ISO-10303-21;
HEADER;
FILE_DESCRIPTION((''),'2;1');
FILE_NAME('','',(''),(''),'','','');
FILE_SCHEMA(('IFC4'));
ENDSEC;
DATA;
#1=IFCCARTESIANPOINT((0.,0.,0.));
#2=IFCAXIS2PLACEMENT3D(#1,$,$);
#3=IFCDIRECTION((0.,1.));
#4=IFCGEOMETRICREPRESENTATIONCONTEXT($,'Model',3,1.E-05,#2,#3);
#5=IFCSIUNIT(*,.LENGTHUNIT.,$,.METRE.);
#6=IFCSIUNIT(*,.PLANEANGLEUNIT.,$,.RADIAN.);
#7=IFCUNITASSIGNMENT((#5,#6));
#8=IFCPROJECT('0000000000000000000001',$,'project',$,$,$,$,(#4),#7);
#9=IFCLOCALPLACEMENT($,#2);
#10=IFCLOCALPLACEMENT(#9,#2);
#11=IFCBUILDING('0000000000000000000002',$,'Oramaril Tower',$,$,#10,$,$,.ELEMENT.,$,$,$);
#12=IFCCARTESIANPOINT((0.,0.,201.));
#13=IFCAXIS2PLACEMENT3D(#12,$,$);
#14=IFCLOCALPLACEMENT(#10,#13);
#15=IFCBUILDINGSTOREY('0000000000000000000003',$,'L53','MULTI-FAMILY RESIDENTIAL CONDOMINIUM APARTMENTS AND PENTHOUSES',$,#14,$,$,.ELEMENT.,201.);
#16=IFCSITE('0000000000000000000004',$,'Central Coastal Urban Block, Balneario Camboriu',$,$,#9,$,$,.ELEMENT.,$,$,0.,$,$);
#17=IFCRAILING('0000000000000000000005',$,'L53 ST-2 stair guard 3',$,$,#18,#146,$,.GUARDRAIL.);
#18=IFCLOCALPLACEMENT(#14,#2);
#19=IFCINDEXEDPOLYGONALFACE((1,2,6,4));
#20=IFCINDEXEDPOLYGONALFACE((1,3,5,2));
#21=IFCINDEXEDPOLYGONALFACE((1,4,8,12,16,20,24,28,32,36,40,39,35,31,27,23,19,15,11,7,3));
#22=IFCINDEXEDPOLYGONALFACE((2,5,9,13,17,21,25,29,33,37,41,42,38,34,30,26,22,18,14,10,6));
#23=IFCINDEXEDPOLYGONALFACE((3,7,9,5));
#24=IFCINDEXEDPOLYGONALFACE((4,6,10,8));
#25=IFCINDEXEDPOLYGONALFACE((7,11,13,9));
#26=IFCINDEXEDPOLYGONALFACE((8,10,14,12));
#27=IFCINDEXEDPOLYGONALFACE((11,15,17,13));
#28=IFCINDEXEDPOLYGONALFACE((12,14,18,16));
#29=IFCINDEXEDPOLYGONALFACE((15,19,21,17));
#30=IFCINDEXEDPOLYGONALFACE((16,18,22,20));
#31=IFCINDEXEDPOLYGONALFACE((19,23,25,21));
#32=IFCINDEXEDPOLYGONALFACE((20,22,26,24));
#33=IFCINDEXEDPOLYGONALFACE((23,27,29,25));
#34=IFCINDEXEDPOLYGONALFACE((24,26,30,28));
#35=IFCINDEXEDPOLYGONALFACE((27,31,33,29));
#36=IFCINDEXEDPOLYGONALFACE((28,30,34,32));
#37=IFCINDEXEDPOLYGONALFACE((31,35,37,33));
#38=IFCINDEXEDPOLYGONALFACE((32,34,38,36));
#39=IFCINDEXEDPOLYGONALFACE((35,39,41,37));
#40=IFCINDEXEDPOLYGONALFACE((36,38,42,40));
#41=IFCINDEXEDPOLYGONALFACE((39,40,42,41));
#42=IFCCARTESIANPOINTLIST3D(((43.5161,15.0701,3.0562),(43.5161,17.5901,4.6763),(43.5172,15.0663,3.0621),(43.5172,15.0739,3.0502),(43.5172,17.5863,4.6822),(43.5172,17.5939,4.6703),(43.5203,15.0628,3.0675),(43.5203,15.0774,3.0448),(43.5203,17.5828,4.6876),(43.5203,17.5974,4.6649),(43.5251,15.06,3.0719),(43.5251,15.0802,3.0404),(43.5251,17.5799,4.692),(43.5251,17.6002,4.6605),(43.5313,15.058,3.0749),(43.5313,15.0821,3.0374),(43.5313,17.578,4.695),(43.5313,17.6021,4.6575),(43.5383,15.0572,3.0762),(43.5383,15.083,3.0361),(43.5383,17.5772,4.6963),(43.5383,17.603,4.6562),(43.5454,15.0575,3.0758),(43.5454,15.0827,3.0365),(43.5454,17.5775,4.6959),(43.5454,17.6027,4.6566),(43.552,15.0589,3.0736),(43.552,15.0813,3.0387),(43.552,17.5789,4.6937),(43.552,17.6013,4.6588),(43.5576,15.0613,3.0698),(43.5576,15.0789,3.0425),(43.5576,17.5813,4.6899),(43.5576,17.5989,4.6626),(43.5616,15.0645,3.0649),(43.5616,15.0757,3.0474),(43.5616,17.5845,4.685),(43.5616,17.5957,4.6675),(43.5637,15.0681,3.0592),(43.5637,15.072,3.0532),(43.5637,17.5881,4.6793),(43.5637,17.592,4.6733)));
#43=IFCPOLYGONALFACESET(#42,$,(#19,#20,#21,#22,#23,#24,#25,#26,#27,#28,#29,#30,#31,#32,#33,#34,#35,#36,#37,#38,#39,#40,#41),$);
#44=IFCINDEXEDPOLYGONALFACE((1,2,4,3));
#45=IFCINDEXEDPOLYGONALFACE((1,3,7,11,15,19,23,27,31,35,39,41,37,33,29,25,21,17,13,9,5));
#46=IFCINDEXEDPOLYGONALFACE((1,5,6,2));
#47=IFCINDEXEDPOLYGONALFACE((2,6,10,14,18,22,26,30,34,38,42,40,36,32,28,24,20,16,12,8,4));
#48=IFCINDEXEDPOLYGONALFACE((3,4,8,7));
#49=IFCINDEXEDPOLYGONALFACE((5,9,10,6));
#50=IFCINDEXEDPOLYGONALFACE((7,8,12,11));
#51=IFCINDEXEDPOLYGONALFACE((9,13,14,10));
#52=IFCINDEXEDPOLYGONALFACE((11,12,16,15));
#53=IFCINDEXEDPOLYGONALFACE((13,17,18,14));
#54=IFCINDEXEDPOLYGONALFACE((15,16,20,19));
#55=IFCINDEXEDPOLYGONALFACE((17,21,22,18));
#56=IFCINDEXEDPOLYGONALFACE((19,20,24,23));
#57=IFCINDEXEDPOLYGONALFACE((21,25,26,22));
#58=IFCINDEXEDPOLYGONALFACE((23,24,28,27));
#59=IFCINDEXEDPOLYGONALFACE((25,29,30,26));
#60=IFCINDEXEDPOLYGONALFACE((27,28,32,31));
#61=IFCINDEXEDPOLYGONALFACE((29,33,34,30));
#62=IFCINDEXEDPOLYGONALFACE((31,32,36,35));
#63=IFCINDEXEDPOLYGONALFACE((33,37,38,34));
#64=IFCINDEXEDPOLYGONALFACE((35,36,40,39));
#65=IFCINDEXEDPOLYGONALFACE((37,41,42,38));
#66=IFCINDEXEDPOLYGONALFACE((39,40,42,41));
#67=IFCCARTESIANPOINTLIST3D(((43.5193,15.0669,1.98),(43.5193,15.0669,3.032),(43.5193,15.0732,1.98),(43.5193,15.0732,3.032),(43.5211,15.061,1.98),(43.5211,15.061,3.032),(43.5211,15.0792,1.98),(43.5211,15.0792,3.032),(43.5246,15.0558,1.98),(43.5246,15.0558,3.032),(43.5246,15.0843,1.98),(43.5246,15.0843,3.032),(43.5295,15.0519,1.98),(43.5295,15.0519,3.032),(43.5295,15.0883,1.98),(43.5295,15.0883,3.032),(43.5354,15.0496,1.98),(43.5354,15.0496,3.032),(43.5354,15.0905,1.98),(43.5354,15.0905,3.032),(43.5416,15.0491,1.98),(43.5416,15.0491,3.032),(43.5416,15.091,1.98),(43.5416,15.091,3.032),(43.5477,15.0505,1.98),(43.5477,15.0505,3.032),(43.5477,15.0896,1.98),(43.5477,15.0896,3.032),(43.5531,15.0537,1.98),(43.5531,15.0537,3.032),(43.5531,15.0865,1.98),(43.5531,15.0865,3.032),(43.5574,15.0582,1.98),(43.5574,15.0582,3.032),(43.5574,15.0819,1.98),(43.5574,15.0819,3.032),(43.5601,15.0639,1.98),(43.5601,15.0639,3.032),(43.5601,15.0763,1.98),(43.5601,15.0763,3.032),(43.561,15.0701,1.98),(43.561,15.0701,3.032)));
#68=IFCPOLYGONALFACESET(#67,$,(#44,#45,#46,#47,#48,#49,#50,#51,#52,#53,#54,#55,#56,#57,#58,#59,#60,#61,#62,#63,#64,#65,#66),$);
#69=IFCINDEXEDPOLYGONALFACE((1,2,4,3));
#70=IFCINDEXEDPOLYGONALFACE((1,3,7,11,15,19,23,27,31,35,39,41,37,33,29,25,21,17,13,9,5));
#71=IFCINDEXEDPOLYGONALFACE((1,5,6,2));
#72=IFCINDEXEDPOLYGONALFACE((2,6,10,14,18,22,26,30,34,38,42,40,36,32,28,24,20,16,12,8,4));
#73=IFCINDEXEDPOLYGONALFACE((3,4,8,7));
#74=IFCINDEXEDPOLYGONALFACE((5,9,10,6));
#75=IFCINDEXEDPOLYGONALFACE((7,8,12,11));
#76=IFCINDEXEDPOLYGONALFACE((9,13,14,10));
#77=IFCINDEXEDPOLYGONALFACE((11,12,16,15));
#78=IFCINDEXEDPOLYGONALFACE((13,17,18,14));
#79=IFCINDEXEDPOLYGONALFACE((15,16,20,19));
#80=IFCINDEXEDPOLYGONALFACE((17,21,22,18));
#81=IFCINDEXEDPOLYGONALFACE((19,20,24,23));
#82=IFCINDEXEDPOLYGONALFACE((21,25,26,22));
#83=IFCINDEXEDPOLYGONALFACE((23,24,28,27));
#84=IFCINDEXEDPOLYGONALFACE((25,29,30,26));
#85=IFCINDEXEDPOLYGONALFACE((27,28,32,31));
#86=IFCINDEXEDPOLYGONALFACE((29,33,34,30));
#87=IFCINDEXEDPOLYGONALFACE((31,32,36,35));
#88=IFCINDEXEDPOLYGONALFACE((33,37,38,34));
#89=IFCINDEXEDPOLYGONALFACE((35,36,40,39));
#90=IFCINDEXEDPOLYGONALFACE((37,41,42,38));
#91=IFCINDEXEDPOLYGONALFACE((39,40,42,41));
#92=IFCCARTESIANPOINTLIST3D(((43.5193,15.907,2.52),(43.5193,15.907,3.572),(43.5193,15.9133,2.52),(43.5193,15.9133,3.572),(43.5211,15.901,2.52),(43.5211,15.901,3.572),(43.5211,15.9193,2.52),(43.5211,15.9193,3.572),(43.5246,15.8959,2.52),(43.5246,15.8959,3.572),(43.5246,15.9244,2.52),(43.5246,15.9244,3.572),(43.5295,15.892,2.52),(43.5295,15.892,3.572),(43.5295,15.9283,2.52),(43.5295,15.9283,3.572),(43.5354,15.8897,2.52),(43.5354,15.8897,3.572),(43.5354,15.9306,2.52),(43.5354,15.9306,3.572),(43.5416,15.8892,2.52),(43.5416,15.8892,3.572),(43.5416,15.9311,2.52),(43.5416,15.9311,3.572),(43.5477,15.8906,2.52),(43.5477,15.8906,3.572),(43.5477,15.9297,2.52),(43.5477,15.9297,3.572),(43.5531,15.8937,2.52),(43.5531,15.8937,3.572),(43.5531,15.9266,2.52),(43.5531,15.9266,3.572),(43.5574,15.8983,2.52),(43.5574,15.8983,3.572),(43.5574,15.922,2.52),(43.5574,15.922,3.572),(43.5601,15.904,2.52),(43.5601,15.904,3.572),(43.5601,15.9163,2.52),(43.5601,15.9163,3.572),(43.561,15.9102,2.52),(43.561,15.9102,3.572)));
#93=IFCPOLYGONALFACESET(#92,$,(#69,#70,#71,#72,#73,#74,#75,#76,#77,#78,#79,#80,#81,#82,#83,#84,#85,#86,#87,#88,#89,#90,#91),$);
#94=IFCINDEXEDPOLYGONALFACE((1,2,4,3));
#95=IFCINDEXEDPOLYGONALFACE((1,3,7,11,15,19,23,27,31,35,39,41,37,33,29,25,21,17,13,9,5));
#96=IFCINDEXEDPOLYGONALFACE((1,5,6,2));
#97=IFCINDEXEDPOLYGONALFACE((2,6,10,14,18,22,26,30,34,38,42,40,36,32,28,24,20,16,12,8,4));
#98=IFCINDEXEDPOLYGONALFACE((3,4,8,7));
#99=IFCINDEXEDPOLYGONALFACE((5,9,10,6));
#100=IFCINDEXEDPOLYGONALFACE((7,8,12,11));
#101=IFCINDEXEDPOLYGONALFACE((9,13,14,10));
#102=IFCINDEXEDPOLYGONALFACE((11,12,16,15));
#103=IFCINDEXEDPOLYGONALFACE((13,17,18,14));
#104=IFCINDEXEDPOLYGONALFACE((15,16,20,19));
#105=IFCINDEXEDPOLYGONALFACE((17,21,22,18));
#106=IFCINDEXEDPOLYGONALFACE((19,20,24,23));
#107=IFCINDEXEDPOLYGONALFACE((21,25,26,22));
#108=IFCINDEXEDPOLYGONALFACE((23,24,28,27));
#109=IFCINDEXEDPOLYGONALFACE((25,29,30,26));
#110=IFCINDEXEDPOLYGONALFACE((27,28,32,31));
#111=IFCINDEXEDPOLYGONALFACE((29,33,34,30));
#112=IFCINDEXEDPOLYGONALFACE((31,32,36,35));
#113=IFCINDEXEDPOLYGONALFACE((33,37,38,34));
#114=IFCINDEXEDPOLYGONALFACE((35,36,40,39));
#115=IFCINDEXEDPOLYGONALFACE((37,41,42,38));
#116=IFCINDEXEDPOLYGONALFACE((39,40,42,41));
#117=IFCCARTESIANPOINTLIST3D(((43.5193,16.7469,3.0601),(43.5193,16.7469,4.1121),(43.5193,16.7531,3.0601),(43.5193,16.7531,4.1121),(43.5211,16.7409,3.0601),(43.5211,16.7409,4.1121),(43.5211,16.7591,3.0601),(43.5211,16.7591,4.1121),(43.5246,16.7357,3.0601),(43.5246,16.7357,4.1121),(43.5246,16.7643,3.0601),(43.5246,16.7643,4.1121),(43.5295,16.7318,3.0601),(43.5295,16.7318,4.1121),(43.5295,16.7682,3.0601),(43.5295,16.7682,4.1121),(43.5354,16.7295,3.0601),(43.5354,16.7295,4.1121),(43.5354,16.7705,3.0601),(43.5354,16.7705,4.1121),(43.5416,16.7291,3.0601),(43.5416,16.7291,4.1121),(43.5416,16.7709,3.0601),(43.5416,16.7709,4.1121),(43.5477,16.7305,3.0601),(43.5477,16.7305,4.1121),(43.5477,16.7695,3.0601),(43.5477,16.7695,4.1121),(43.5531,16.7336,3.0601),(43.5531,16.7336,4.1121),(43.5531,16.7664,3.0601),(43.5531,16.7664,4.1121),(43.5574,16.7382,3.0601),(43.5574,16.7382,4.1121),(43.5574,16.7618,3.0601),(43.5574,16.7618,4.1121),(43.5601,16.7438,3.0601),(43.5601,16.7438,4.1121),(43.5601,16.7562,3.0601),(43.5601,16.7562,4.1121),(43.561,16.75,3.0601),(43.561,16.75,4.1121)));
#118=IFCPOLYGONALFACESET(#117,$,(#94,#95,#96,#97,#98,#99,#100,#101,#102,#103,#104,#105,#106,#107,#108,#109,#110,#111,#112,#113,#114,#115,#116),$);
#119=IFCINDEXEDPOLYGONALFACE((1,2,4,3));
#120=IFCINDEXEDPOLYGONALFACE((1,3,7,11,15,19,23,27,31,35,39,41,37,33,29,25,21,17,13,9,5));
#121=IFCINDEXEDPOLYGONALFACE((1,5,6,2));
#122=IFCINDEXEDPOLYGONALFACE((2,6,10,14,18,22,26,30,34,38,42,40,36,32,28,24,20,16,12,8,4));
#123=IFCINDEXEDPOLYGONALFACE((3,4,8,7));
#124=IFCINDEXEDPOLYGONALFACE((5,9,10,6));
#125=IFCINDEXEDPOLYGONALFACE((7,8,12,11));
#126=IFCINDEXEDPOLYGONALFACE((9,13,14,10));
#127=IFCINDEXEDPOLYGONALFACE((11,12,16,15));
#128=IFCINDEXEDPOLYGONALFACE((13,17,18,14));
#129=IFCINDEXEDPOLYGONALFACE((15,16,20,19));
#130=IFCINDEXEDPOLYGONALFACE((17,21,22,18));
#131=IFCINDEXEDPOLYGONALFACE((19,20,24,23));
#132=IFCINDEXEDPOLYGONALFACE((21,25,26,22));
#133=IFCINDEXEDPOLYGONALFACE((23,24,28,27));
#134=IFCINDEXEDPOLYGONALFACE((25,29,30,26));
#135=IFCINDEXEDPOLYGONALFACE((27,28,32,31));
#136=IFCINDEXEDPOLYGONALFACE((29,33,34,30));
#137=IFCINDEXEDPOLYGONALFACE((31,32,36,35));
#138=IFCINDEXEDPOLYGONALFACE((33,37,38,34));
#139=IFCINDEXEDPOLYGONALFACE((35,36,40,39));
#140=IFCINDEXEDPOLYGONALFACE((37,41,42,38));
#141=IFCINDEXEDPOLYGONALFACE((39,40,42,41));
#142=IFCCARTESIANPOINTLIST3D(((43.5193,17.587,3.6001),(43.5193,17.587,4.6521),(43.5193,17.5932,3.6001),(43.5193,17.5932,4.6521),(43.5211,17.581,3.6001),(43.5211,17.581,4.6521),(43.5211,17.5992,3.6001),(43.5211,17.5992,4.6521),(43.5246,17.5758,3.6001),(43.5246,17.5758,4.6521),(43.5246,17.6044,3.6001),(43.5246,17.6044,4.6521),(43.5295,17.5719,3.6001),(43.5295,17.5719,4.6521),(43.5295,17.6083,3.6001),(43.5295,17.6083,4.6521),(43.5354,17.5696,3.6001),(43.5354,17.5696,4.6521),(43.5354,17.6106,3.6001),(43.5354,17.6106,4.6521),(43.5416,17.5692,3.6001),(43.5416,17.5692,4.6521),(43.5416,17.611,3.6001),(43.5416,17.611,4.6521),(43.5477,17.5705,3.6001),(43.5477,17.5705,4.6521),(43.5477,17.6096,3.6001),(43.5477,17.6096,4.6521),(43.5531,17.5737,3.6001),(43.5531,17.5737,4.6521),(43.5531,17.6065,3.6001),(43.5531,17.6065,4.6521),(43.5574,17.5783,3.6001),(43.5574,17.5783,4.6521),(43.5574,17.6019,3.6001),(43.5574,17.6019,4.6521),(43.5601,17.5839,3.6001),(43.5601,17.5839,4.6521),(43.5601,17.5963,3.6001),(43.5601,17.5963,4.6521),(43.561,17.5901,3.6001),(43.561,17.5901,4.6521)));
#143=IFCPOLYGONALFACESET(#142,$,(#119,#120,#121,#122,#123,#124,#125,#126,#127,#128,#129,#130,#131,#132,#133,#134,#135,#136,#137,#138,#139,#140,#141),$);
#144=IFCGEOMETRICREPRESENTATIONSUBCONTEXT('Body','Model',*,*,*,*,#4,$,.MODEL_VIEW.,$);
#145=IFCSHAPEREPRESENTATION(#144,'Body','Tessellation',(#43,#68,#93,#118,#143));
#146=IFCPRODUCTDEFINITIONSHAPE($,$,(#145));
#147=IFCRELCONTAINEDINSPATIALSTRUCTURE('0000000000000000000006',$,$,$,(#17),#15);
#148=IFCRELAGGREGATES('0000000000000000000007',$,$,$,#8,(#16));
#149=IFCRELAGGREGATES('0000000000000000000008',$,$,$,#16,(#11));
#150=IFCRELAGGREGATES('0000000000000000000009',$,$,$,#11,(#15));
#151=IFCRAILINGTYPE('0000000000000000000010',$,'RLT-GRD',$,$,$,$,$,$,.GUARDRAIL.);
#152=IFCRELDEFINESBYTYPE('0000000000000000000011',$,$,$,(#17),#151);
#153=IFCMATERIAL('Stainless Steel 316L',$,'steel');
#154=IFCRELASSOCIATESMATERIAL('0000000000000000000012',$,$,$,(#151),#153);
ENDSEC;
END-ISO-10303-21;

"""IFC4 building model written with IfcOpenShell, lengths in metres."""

from ifc_helpers import new_model, si_unit, direction, frame, origin, origin_2d, place, context, subcontext, project, spatial, circle, extrude, material, type_object, element, save


model = new_model("IFC4")

# Units and contexts
model_context = context("Model", 3, precision=1e-05, world=origin(), true_north=direction((0.0, 1.0)))
body_context = subcontext(model_context, "Body", "Model", "MODEL_VIEW")
ifc_project = project(units=[si_unit("LENGTHUNIT", "METRE"), si_unit("PLANEANGLEUNIT", "RADIAN")], contexts=[model_context])

# Site, building, storey
site_placement = place(None, origin())
site = spatial("IfcSite", under=ifc_project, at=site_placement, Name="Central Coastal Urban Block, Balneario Camboriu", CompositionType="ELEMENT", RefElevation=0.0)
building_placement = place(site_placement, origin())
building = spatial("IfcBuilding", under=site, at=building_placement, Name="Oramaril Tower", CompositionType="ELEMENT")
storey_placement = place(building_placement, frame((0.0, 0.0, 201.0)))
storey = spatial("IfcBuildingStorey", under=building, at=storey_placement, Name="L53", Description="MULTI-FAMILY RESIDENTIAL CONDOMINIUM APARTMENTS AND PENTHOUSES", CompositionType="ELEMENT", Elevation=201.0)

# Railing
ifc_material_1 = material(Name="Stainless Steel 316L", Category="steel")
railing_type_1 = type_object("IfcRailingType", Name="RLT-GRD", PredefinedType="GUARDRAIL", material=ifc_material_1)
railing_1_placement = place(storey_placement, frame((43.54, 15.0701, 1.98)))
element("IfcRailing", 1, at=railing_1_placement, inside=storey, type_object=railing_type_1, Name="L53 ST-2 stair guard 3", PredefinedType="GUARDRAIL", context=body_context, shape_type="SweptSolid", body=[
    extrude(circle(Radius=0.0239, at=origin_2d()), frame((0.0, 0.0, 1.0762), z_axis=(0.0, 0.841163, 0.540782), x_axis=(-1.0, 0.0, 0.0)), (0.0, 0.0, 1.0), 2.9958),
    extrude(circle(Radius=0.021, at=origin_2d()), origin(), (0.0, 0.0, 1.0), 1.052),
    extrude(circle(Radius=0.021, at=origin_2d()), frame((0.0, 0.8401, 0.54)), (0.0, 0.0, 1.0), 1.052),
    extrude(circle(Radius=0.021, at=origin_2d()), frame((0.0, 1.6799, 1.0801)), (0.0, 0.0, 1.0), 1.052),
    extrude(circle(Radius=0.021, at=origin_2d()), frame((0.0, 2.52, 1.6201)), (0.0, 0.0, 1.0), 1.052),
])

save(model, "model.ifc")
